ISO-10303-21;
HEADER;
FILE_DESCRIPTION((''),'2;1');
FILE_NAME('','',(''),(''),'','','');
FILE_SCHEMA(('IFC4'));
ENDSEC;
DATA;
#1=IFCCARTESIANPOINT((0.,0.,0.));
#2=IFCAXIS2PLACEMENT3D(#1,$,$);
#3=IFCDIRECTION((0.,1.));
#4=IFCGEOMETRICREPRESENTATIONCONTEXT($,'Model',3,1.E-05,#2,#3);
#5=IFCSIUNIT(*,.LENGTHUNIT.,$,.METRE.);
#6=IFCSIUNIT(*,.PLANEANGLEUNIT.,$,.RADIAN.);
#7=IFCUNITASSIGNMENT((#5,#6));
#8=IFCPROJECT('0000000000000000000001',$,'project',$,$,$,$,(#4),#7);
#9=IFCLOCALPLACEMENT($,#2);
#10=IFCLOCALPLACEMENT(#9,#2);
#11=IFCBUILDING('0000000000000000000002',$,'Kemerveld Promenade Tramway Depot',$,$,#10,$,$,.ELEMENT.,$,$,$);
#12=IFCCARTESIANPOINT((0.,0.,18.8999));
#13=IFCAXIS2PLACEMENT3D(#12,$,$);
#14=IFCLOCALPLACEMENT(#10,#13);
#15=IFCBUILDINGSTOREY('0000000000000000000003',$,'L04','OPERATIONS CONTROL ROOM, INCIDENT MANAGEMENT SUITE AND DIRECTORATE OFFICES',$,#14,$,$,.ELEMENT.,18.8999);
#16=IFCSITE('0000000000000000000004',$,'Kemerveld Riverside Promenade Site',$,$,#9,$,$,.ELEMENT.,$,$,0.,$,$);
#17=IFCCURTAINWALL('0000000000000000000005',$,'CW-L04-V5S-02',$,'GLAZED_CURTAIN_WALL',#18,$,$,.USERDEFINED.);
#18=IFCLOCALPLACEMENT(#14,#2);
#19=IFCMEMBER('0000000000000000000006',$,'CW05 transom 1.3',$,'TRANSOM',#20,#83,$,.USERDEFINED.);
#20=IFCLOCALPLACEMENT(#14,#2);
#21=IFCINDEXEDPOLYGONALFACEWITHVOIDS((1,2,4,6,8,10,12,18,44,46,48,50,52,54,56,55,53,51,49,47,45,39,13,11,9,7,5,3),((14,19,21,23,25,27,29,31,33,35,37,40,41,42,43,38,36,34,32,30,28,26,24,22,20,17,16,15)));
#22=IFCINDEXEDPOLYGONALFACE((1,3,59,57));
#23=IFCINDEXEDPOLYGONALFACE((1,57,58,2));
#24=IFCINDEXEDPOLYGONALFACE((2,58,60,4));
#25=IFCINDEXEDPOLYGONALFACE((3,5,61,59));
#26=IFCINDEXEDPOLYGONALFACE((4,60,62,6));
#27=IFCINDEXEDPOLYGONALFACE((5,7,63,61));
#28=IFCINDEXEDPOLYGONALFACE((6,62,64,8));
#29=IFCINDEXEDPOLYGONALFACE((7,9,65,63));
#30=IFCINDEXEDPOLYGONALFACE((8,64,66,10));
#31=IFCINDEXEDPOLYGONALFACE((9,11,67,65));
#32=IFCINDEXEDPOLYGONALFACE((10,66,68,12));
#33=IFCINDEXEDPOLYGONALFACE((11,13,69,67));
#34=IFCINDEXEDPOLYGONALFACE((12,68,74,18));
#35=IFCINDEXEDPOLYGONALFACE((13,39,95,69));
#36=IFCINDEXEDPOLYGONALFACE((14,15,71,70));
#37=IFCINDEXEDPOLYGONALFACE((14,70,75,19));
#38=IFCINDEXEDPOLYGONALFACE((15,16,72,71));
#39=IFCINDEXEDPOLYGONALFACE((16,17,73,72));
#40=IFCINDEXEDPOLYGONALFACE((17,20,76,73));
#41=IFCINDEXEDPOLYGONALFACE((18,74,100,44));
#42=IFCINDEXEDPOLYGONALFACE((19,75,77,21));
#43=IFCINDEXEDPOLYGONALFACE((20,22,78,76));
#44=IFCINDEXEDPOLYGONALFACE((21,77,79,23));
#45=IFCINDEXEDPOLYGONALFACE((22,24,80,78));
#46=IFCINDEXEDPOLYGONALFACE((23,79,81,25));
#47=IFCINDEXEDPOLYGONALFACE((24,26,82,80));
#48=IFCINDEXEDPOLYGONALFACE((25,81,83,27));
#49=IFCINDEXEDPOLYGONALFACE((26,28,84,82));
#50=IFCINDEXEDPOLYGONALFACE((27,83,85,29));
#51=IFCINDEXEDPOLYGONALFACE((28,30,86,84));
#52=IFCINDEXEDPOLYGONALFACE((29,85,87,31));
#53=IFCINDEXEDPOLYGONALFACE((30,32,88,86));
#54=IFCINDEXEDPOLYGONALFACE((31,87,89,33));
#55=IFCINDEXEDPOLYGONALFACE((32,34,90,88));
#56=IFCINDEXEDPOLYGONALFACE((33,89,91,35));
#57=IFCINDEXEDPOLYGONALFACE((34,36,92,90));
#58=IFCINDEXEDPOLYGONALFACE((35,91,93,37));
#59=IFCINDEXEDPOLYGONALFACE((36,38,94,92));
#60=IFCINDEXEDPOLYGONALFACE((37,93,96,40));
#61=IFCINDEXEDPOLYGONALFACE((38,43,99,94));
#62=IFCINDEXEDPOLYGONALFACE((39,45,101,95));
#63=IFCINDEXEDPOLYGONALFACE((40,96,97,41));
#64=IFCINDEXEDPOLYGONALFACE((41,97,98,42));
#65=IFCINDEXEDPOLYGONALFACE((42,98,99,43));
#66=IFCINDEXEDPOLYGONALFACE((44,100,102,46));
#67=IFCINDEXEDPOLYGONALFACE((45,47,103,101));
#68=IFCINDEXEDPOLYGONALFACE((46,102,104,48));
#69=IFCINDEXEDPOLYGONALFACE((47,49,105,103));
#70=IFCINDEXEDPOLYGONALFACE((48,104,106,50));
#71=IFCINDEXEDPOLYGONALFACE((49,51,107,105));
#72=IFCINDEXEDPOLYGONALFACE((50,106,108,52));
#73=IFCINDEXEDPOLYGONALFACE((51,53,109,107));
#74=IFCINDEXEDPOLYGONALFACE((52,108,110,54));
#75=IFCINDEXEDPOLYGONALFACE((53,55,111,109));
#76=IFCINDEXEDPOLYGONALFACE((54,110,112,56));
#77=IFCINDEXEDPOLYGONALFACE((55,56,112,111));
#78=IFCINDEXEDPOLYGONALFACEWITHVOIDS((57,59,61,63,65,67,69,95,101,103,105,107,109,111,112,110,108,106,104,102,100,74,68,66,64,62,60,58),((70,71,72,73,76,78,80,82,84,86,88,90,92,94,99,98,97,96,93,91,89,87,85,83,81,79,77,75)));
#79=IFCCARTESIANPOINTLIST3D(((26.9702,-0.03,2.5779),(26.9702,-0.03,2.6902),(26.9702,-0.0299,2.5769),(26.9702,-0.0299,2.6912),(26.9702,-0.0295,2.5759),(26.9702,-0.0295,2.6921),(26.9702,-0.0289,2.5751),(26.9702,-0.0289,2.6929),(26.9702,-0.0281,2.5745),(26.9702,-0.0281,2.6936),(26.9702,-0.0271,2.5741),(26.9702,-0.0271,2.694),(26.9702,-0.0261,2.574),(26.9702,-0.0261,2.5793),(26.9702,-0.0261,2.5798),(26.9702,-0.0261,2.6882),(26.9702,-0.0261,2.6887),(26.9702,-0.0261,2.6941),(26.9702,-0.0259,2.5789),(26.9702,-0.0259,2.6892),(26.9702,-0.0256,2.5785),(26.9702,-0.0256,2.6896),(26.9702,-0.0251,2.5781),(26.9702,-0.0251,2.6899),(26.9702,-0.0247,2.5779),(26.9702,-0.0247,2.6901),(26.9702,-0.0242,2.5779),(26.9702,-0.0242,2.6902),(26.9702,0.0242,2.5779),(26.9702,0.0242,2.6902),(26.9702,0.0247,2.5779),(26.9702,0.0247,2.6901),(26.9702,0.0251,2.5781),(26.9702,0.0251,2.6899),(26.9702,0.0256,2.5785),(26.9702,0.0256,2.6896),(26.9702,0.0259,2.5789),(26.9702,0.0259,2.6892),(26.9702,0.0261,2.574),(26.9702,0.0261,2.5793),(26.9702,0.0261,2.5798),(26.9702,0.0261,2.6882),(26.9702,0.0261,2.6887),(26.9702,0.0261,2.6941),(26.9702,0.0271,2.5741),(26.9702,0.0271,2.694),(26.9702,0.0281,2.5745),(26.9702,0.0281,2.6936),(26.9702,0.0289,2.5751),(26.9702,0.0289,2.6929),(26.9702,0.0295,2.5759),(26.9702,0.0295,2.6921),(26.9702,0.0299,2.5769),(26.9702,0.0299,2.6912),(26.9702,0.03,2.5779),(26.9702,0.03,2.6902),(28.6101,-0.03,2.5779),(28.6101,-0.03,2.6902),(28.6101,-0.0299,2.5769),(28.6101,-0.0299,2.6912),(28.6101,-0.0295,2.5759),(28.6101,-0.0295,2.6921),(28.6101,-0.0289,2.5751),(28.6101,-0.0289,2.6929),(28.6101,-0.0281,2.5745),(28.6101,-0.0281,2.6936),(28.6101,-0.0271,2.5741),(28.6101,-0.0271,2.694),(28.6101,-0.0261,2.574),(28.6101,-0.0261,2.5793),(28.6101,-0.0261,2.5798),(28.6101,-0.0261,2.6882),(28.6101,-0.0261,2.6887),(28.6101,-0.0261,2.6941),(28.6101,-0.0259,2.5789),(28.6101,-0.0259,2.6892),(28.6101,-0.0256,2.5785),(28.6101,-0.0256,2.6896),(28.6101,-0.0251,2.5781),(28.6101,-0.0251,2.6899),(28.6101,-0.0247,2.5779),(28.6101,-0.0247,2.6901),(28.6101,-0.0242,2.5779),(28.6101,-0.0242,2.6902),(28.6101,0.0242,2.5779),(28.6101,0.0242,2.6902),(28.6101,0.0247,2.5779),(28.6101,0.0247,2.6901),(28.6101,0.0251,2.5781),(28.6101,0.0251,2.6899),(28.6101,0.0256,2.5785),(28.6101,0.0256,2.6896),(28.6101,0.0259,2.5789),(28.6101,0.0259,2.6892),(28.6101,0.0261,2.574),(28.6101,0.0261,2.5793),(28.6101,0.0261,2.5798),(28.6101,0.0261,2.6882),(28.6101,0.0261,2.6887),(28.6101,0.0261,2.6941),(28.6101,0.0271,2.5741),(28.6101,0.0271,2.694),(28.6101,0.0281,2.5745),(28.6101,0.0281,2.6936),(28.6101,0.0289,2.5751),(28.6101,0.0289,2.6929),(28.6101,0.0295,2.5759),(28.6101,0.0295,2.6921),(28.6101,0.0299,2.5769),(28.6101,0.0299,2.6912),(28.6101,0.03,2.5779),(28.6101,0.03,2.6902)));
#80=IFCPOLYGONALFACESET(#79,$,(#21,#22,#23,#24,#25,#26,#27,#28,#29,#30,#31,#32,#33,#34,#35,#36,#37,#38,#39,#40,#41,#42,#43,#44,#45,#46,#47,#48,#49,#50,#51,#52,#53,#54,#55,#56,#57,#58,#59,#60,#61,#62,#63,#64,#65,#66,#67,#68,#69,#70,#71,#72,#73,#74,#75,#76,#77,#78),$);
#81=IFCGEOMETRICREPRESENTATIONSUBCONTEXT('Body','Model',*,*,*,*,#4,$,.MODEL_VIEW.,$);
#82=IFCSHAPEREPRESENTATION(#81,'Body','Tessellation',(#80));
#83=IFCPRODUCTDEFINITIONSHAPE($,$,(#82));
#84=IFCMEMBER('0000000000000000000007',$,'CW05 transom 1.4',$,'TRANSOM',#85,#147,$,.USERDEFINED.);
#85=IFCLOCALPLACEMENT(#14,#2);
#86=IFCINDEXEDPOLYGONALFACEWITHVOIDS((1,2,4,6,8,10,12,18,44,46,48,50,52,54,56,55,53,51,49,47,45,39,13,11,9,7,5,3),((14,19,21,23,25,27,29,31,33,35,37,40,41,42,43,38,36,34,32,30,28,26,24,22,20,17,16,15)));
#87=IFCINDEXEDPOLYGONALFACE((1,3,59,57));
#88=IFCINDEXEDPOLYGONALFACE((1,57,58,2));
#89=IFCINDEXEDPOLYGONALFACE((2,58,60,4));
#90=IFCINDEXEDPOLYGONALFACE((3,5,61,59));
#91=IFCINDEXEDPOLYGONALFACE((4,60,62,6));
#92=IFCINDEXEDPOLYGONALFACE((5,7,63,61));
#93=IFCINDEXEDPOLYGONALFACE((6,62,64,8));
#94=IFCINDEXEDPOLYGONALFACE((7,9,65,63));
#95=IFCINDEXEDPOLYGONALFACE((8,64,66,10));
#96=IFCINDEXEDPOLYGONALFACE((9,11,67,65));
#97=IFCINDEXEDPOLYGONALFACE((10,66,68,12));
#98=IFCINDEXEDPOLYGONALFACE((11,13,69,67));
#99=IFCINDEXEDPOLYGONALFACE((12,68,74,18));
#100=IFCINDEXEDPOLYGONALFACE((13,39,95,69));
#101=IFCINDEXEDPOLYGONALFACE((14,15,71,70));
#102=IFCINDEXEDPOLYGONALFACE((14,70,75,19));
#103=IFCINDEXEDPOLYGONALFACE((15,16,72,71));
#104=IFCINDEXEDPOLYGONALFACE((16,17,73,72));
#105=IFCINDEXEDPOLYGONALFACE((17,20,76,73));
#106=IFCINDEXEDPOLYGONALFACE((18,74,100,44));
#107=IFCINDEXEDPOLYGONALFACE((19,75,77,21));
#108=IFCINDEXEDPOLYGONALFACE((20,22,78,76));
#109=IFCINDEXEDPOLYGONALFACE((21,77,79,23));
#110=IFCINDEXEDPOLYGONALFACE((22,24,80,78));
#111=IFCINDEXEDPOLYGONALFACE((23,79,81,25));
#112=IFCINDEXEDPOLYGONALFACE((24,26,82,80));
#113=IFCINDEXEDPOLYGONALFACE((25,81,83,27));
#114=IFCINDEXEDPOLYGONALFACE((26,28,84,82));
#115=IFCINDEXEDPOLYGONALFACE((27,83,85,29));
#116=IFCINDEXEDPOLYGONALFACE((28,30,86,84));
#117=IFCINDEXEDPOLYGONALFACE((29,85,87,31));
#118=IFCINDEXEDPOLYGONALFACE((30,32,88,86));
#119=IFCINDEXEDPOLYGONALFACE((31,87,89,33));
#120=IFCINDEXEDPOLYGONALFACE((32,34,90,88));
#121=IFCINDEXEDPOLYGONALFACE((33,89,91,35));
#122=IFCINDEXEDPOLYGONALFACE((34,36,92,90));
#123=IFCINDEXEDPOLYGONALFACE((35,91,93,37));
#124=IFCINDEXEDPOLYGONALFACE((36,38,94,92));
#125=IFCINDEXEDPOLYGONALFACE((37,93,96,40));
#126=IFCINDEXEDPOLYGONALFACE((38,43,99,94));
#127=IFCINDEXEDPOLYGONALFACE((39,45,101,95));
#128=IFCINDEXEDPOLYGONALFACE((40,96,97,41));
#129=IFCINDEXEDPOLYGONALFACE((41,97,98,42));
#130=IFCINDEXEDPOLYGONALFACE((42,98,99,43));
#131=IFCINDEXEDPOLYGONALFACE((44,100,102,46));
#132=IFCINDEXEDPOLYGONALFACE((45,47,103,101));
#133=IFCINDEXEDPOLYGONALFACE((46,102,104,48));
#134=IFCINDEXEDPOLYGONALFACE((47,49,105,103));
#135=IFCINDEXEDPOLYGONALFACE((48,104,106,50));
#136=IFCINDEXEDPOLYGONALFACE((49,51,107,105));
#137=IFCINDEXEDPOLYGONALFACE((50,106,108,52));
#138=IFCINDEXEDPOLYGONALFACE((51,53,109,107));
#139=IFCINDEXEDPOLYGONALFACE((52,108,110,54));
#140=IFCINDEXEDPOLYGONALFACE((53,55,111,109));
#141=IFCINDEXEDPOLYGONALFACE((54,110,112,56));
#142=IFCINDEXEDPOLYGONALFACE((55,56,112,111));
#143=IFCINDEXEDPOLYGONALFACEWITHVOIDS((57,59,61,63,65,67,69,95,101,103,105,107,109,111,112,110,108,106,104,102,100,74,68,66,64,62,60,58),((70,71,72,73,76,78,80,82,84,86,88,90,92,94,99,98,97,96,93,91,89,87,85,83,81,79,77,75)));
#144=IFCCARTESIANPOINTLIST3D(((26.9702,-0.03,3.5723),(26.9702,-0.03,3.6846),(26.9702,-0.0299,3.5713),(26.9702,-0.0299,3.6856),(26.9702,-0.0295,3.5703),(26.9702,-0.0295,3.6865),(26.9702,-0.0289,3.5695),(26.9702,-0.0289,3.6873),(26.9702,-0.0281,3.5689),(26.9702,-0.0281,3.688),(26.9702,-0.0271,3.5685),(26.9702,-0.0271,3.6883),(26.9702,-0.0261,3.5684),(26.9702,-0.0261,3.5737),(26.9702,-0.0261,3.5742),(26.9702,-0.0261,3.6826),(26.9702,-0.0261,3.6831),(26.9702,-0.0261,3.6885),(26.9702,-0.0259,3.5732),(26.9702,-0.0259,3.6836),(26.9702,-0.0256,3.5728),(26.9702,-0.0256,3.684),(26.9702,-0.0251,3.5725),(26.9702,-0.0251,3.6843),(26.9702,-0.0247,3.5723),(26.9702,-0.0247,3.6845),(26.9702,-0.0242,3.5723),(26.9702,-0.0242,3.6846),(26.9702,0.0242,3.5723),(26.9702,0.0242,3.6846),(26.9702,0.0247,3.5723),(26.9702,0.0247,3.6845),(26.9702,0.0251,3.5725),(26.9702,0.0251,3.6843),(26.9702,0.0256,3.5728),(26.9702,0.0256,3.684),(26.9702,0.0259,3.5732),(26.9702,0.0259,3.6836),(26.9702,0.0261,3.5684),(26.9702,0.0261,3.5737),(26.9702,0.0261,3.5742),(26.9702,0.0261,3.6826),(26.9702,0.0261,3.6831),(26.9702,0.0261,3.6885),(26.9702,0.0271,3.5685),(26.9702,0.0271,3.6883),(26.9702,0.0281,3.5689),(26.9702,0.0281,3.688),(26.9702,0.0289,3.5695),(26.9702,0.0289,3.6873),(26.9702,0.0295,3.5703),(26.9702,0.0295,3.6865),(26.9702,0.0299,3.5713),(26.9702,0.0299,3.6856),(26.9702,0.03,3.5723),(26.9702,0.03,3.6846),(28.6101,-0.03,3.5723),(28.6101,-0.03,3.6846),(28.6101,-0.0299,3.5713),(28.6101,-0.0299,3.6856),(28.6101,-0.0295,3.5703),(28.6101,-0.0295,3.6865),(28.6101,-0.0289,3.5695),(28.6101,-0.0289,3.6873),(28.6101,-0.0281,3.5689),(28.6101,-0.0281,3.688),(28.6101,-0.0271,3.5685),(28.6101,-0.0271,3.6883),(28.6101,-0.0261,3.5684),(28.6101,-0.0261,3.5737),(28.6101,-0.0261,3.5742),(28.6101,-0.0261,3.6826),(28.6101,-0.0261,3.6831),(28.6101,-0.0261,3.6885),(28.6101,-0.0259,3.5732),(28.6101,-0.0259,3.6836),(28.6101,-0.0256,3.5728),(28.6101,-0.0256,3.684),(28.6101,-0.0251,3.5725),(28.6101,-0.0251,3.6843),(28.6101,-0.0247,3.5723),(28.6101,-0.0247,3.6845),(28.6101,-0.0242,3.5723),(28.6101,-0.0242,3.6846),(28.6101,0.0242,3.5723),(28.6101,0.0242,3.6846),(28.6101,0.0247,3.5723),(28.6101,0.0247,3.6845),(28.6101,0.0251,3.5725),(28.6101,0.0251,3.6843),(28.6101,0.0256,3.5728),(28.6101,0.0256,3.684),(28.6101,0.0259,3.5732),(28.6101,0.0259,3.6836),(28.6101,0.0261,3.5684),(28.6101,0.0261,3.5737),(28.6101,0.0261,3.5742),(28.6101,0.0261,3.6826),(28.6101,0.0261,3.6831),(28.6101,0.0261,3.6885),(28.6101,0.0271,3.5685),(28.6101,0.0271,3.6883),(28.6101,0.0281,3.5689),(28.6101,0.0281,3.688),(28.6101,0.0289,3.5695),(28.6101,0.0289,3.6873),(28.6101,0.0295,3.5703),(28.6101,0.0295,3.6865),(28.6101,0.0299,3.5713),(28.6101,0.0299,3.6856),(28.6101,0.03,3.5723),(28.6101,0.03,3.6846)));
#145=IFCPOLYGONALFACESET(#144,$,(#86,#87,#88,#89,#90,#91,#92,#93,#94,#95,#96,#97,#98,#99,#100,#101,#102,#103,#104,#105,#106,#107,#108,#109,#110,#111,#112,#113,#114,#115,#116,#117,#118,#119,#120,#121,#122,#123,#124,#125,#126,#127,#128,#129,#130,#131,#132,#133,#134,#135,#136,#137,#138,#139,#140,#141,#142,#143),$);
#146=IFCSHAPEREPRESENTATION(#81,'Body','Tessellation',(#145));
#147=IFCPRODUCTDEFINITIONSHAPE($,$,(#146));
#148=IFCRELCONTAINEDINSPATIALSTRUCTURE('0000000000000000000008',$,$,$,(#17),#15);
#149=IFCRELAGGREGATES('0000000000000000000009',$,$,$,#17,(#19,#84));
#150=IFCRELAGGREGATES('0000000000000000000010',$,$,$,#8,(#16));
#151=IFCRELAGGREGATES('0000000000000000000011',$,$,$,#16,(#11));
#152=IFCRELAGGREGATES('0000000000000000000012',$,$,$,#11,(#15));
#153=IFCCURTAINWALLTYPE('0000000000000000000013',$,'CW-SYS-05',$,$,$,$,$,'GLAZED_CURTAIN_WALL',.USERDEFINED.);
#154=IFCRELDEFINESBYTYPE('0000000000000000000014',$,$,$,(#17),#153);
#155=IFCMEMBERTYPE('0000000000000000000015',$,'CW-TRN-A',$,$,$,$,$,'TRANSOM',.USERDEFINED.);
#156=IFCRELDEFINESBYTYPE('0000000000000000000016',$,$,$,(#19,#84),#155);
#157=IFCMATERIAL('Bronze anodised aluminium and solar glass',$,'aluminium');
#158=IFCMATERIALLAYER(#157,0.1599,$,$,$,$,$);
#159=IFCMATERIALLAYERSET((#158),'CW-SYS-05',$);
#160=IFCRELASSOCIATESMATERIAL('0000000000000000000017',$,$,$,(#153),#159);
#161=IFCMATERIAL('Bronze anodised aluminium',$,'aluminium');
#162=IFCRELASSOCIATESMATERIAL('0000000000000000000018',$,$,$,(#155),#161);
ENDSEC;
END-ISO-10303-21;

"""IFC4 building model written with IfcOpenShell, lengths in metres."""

from ifc_helpers import new_model, si_unit, direction, frame, origin, origin_2d, place, context, subcontext, project, spatial, hollow_rectangle, extrude, material, layer, layer_set, material_profile, profile_set, type_object, element, aggregate, save


model = new_model("IFC4")

# Units and contexts
model_context = context("Model", 3, precision=1e-05, world=origin(), true_north=direction((0.0, 1.0)))
body_context = subcontext(model_context, "Body", "Model", "MODEL_VIEW")
ifc_project = project(units=[si_unit("LENGTHUNIT", "METRE"), si_unit("PLANEANGLEUNIT", "RADIAN")], contexts=[model_context])

# Site, building, storey
site_placement = place(None, origin())
site = spatial("IfcSite", under=ifc_project, at=site_placement, Name="Kemerveld Riverside Promenade Site", CompositionType="ELEMENT", RefElevation=0.0)
building_placement = place(site_placement, origin())
building = spatial("IfcBuilding", under=site, at=building_placement, Name="Kemerveld Promenade Tramway Depot", CompositionType="ELEMENT")
storey_placement = place(building_placement, frame((0.0, 0.0, 18.8999)))
storey = spatial("IfcBuildingStorey", under=building, at=storey_placement, Name="L04", Description="OPERATIONS CONTROL ROOM, INCIDENT MANAGEMENT SUITE AND DIRECTORATE OFFICES", CompositionType="ELEMENT", Elevation=18.8999)

# Curtain wall
ifc_material_1 = material(Name="Bronze anodised aluminium and solar glass", Category="aluminium")
ifc_layer_1 = layer(ifc_material_1, 0.1599)
ifc_layer_set_1 = layer_set([ifc_layer_1], Name="CW-SYS-05")
curtain_wall_type_1 = type_object("IfcCurtainWallType", Name="CW-SYS-05", ElementType="GLAZED_CURTAIN_WALL", PredefinedType="USERDEFINED", material=ifc_layer_set_1)
curtain_wall_1_placement = place(storey_placement, origin())
curtain_wall_1 = element("IfcCurtainWall", 1, at=curtain_wall_1_placement, inside=storey, type_object=curtain_wall_type_1, Name="CW-L04-V5S-02", ObjectType="GLAZED_CURTAIN_WALL", PredefinedType="USERDEFINED")
ifc_material_2 = material(Name="Bronze anodised aluminium", Category="aluminium")

# Members
ifc_material_profile_1 = material_profile(ifc_material_2, hollow_rectangle(XDim=0.0601, YDim=0.1201, WallThickness=0.0039, InnerFilletRadius=0.002, OuterFilletRadius=0.0039, at=origin_2d()), Name="CW-TRN-120x60")
ifc_profile_set_1 = profile_set([ifc_material_profile_1], Name="Bronze anodised aluminium")
member_type_1 = type_object("IfcMemberType", Name="CW-TRN-A", ElementType="TRANSOM", PredefinedType="USERDEFINED", material=ifc_profile_set_1)
member_1_placement = place(storey_placement, frame((28.6101, 0.0, 2.634), z_axis=(-1.0, 0.0, 0.0), x_axis=(0.0, -1.0, 0.0)))
member_1 = element("IfcMember", 2, at=member_1_placement, type_object=member_type_1, Name="CW05 transom 1.3", ObjectType="TRANSOM", PredefinedType="USERDEFINED", context=body_context, shape_type="SweptSolid", body=[
    extrude(hollow_rectangle(XDim=0.0601, YDim=0.1201, WallThickness=0.0039, InnerFilletRadius=0.002, OuterFilletRadius=0.0039, at=origin_2d()), origin(), (0.0, 0.0, 1.0), 1.6399),
])
member_2_placement = place(storey_placement, frame((28.6101, 0.0, 3.6284), z_axis=(-1.0, 0.0, 0.0), x_axis=(0.0, -1.0, 0.0)))
member_2 = element("IfcMember", 3, at=member_2_placement, type_object=member_type_1, Name="CW05 transom 1.4", ObjectType="TRANSOM", PredefinedType="USERDEFINED", context=body_context, shape_type="SweptSolid", body=[
    extrude(hollow_rectangle(XDim=0.0601, YDim=0.1201, WallThickness=0.0039, InnerFilletRadius=0.002, OuterFilletRadius=0.0039, at=origin_2d()), origin(), (0.0, 0.0, 1.0), 1.6399),
])
aggregate(curtain_wall_1, [member_1, member_2])

save(model, "model.ifc")
